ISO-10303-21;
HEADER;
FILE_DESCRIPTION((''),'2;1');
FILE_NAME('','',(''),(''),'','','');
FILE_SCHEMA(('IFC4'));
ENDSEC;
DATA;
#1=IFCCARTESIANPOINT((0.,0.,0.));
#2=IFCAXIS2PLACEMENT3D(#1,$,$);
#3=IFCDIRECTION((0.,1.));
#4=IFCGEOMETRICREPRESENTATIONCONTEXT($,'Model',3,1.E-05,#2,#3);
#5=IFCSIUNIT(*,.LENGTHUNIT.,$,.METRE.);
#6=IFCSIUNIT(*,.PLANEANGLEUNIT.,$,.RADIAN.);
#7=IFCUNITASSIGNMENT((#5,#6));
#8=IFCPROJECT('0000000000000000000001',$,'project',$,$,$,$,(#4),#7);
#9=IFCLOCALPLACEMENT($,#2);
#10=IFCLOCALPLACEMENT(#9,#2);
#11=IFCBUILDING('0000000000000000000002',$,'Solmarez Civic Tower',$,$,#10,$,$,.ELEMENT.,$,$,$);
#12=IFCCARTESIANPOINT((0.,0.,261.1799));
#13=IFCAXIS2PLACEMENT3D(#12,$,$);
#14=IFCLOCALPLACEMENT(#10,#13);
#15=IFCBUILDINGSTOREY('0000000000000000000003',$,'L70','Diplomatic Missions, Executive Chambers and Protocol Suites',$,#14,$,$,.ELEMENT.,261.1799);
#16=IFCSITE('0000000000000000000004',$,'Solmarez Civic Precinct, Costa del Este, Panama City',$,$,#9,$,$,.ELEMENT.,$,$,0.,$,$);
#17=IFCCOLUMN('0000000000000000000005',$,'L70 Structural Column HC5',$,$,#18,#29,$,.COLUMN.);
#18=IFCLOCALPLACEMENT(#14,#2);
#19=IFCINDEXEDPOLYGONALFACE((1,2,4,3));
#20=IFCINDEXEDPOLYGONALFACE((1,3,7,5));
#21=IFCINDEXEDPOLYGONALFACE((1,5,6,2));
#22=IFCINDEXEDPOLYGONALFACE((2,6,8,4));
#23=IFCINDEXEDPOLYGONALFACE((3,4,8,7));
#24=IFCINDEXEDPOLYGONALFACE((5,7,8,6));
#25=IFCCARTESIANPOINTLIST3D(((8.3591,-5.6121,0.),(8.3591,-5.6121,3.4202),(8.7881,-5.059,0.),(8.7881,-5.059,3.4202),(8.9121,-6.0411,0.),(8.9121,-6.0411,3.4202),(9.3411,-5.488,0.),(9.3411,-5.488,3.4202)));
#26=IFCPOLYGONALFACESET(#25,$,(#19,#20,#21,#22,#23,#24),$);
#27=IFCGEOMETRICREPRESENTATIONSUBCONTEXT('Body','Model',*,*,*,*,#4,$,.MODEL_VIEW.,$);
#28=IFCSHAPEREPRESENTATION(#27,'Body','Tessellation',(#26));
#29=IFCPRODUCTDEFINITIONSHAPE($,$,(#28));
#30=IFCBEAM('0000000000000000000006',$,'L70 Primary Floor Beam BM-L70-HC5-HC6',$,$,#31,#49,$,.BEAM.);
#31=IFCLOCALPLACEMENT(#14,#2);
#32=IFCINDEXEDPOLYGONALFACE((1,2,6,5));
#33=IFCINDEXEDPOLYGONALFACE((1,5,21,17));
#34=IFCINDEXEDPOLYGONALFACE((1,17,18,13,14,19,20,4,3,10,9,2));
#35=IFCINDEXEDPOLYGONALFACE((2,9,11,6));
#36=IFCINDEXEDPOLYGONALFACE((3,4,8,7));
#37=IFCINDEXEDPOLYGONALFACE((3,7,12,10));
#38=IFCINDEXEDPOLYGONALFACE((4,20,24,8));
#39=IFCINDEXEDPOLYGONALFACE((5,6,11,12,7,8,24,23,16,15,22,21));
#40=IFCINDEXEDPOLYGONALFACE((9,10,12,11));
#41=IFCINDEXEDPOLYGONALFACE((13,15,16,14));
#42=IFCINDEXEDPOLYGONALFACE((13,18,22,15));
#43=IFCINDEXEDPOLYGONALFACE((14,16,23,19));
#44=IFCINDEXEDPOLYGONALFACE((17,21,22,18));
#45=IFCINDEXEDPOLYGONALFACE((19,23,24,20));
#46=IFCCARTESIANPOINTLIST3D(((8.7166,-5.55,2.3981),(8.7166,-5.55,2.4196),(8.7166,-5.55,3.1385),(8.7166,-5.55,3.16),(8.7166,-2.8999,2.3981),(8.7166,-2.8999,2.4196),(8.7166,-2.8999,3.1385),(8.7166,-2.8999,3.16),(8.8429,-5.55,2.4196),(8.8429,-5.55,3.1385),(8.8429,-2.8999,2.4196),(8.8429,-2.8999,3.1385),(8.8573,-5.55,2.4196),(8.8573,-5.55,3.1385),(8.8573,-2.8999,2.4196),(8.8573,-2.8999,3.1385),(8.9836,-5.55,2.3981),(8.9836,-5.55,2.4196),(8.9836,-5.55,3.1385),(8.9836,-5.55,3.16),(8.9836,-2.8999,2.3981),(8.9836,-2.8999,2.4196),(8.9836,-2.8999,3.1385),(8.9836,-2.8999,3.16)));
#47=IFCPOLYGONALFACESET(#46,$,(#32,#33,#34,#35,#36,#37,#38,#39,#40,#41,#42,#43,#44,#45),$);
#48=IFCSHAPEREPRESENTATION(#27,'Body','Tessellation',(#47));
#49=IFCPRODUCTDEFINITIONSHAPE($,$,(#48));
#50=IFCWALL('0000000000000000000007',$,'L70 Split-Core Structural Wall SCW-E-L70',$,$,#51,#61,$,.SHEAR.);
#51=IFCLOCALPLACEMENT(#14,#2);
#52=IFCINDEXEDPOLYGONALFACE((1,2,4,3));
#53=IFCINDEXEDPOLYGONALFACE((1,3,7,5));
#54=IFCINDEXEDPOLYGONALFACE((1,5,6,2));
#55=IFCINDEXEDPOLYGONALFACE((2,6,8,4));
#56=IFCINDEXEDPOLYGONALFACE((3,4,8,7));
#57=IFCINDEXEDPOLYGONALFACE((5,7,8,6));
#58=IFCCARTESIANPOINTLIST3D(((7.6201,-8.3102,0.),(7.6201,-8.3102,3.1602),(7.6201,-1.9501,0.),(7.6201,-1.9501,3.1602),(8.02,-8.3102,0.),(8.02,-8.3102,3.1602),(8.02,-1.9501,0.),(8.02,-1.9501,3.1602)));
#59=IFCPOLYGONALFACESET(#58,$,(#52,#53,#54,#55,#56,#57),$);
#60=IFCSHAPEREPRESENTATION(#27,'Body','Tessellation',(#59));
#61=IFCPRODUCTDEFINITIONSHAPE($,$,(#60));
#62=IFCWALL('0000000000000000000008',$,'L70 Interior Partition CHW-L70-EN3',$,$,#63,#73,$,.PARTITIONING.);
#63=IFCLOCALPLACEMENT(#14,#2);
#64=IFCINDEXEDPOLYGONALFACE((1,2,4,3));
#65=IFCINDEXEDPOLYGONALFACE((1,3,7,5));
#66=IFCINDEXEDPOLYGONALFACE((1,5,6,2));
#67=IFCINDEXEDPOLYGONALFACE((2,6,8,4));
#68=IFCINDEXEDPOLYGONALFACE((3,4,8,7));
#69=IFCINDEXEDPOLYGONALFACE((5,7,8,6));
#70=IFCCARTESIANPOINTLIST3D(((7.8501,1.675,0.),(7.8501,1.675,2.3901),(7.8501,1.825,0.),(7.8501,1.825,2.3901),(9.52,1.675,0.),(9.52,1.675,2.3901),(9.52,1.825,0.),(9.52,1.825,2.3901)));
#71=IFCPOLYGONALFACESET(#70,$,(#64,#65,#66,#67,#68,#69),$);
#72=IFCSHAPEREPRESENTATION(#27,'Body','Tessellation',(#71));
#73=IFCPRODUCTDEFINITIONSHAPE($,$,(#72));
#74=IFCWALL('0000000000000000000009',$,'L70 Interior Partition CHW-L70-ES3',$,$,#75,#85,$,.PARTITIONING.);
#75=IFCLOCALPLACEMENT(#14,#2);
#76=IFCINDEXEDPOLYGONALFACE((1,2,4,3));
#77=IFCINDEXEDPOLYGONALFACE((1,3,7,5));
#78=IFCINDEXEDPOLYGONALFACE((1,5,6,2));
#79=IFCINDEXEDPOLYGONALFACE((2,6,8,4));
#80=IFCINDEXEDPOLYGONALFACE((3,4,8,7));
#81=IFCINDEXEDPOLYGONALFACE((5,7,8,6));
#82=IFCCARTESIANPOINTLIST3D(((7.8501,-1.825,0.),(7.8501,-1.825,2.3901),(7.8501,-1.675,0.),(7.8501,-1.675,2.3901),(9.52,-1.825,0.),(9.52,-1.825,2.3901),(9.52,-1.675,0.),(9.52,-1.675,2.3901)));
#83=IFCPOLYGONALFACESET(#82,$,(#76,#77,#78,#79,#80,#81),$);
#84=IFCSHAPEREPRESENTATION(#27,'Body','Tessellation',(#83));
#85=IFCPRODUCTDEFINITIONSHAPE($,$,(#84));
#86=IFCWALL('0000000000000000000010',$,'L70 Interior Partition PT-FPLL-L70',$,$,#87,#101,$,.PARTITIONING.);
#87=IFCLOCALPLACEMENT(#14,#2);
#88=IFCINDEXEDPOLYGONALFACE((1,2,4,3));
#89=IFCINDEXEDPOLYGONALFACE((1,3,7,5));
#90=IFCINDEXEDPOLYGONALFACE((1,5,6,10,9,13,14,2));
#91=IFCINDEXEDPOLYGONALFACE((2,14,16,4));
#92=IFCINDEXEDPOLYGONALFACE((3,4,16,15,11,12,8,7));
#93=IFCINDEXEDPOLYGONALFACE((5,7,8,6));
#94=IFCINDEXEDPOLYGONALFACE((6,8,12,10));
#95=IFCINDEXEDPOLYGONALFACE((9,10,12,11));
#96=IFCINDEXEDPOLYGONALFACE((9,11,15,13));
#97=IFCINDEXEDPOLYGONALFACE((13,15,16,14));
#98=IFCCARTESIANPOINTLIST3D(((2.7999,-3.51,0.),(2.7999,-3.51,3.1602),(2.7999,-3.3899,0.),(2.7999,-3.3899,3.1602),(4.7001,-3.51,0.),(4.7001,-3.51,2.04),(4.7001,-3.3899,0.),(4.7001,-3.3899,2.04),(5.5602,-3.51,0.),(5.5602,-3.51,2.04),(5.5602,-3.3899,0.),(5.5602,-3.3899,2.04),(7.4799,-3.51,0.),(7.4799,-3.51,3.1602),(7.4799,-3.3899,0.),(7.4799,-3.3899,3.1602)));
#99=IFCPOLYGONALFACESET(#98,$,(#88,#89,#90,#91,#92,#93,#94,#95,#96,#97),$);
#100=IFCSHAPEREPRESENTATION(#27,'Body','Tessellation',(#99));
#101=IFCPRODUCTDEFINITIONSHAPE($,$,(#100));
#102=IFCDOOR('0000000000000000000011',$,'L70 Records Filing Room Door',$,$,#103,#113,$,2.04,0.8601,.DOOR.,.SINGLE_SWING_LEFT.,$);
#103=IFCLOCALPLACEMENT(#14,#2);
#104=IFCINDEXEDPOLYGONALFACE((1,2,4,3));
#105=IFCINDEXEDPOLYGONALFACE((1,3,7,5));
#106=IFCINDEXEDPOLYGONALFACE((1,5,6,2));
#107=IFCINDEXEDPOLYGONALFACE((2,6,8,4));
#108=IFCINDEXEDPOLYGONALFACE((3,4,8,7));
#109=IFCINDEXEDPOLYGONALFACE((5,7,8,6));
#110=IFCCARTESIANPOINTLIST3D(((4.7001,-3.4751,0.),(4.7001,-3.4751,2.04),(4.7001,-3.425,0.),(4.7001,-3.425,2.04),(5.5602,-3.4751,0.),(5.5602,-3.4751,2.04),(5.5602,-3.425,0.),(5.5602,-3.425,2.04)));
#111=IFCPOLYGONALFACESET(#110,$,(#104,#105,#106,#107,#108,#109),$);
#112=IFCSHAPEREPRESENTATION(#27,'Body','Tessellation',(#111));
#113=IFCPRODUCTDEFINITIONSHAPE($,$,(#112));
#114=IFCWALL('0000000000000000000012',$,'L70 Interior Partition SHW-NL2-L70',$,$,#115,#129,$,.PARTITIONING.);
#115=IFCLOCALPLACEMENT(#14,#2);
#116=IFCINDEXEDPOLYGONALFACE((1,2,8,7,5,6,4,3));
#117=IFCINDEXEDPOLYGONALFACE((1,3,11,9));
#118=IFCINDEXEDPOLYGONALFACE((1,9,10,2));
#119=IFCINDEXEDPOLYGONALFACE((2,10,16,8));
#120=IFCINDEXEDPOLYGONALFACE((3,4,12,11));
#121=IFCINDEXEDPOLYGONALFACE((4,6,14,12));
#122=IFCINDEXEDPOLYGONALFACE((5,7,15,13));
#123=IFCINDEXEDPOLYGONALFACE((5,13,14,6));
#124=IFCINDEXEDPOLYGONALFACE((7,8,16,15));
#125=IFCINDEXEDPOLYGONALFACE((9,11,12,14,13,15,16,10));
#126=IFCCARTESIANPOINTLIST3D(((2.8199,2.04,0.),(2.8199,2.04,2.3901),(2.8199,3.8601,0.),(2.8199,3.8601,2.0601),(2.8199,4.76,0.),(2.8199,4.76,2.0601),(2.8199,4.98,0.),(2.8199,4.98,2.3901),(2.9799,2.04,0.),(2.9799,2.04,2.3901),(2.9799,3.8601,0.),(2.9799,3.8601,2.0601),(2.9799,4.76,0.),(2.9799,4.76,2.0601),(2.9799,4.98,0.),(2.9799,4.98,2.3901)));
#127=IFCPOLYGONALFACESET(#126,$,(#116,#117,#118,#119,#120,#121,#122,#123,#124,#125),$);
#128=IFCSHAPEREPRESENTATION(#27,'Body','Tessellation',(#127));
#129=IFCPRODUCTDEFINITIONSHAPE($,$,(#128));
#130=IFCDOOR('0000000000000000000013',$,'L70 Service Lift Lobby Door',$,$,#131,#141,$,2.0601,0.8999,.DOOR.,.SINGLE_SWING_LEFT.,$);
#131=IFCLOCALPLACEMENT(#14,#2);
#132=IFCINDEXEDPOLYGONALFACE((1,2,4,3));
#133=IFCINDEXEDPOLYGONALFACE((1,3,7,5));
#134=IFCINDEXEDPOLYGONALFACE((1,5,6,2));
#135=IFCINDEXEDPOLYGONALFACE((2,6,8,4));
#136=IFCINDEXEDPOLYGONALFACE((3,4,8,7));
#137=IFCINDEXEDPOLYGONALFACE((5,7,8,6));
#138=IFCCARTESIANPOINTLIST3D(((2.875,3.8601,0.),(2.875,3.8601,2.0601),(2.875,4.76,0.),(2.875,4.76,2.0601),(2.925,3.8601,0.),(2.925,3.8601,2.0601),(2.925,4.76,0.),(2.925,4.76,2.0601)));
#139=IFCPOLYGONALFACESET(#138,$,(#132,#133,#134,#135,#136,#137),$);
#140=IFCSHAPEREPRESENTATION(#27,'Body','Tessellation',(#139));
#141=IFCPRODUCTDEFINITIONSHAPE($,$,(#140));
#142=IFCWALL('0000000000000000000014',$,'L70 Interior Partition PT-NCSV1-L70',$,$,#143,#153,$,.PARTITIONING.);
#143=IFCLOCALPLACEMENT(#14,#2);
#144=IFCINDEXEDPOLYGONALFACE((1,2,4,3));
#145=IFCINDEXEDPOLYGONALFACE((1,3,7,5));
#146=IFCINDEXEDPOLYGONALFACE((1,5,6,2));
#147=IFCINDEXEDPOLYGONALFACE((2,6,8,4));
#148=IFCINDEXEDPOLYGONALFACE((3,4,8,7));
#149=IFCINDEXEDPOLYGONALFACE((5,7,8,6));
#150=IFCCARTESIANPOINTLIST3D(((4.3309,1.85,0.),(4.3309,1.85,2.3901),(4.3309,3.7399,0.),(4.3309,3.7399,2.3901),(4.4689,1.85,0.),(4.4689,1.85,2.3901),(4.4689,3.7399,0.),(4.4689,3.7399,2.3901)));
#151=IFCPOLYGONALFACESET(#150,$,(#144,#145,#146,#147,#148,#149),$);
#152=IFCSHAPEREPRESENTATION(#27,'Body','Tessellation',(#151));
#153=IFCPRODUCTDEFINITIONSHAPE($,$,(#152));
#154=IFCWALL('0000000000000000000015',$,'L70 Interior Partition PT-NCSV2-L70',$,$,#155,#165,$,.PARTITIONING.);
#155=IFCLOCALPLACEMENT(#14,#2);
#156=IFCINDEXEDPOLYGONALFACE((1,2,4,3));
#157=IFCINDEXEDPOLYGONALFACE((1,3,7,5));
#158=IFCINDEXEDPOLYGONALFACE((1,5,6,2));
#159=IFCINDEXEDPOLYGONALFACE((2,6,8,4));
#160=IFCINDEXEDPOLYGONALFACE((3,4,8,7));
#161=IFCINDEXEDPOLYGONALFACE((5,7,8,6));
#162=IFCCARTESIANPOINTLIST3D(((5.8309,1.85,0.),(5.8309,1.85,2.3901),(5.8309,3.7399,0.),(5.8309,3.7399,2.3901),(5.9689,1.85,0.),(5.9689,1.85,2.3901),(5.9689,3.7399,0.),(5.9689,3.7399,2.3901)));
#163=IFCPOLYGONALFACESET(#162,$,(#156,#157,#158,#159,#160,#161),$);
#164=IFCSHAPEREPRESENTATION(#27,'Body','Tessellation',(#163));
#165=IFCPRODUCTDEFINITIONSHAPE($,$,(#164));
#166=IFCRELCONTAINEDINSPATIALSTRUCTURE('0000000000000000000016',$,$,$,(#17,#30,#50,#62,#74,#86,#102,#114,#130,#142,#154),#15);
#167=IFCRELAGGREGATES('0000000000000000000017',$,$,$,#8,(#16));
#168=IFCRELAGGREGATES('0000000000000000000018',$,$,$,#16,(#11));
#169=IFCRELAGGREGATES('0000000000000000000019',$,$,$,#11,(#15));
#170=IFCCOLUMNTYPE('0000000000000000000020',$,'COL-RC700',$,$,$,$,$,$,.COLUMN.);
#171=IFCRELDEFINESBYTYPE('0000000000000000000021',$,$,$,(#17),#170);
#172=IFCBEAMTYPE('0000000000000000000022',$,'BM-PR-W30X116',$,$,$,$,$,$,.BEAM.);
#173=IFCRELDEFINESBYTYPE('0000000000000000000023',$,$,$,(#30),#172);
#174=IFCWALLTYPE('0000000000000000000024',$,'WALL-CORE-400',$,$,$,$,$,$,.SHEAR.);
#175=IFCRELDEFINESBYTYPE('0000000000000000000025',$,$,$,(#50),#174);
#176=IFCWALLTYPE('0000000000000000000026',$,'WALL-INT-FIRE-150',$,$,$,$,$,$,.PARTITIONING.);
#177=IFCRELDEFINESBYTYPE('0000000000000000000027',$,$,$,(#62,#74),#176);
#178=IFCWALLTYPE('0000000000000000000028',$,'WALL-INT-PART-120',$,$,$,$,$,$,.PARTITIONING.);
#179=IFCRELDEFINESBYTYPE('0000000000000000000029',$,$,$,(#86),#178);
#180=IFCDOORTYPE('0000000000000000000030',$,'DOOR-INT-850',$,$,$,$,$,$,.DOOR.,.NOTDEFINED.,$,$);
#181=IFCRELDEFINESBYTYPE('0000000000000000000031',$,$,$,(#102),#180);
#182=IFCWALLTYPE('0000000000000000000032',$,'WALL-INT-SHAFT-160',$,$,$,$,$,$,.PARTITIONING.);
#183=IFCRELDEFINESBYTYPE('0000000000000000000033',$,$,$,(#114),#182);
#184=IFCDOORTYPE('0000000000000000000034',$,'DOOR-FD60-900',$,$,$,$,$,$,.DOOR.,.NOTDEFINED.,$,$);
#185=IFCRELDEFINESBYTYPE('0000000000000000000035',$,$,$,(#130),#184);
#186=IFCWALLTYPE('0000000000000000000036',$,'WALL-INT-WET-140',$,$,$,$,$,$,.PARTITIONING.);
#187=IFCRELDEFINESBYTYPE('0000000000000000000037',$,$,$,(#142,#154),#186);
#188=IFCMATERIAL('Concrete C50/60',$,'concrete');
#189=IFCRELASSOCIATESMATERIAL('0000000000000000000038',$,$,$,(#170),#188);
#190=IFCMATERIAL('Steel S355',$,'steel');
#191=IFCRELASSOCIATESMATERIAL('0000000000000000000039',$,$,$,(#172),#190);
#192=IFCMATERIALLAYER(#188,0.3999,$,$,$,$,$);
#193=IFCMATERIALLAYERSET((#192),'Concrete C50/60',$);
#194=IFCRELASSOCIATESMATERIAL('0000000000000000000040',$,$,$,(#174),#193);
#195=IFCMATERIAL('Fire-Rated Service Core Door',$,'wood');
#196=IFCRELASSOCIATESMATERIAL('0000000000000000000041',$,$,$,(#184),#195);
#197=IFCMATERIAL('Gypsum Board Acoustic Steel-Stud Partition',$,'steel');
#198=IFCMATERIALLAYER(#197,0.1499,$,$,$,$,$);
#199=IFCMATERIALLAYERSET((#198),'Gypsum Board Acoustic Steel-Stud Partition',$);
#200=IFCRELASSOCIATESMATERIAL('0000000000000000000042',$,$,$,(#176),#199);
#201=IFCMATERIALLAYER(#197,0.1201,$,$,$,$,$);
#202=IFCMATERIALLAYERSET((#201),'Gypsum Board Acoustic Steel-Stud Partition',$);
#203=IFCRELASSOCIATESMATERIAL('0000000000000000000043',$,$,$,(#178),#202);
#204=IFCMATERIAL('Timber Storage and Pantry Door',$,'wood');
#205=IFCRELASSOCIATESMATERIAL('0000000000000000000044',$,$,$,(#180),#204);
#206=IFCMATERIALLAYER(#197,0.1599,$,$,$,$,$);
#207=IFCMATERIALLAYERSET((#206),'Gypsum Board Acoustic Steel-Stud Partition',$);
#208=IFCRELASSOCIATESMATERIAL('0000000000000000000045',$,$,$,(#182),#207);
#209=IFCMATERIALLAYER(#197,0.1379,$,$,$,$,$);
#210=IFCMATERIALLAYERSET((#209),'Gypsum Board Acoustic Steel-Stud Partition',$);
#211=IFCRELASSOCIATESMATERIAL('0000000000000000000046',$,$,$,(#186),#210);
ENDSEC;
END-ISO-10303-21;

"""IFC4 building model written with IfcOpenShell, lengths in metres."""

from ifc_helpers import new_model, si_unit, direction, frame, frame_2d, origin, origin_2d, place, context, subcontext, project, spatial, rectangle, i_section, extrude, material, layer, layer_set, material_profile, profile_set, type_object, element, fill, save


model = new_model("IFC4")

# Units and contexts
model_context = context("Model", 3, precision=1e-05, world=origin(), true_north=direction((0.0, 1.0)))
body_context = subcontext(model_context, "Body", "Model", "MODEL_VIEW")
ifc_project = project(units=[si_unit("LENGTHUNIT", "METRE"), si_unit("PLANEANGLEUNIT", "RADIAN")], contexts=[model_context])

# Site, building, storey
site_placement = place(None, origin())
site = spatial("IfcSite", under=ifc_project, at=site_placement, Name="Solmarez Civic Precinct, Costa del Este, Panama City", CompositionType="ELEMENT", RefElevation=0.0)
building_placement = place(site_placement, origin())
building = spatial("IfcBuilding", under=site, at=building_placement, Name="Solmarez Civic Tower", CompositionType="ELEMENT")
storey_placement = place(building_placement, frame((0.0, 0.0, 261.1799)))
storey = spatial("IfcBuildingStorey", under=building, at=storey_placement, Name="L70", Description="Diplomatic Missions, Executive Chambers and Protocol Suites", CompositionType="ELEMENT", Elevation=261.1799)

# Column
ifc_material_1 = material(Name="Concrete C50/60", Category="concrete")
ifc_material_profile_1 = material_profile(ifc_material_1, rectangle(XDim=0.7, YDim=0.7, at=origin_2d()), Name="RC700X700")
ifc_profile_set_1 = profile_set([ifc_material_profile_1], Name="Concrete C50/60")
column_type = type_object("IfcColumnType", Name="COL-RC700", PredefinedType="COLUMN", material=ifc_profile_set_1)
column_placement = place(storey_placement, frame((8.8501, -5.55, 0.0), z_axis=(0.0, 0.0, 1.0), x_axis=(0.612907, 0.790155, 0.0)))
element("IfcColumn", 1, at=column_placement, inside=storey, type_object=column_type, Name="L70 Structural Column HC5", PredefinedType="COLUMN", context=body_context, shape_type="SweptSolid", body=[
    extrude(rectangle(XDim=0.7, YDim=0.7, at=origin_2d()), origin(), (0.0, 0.0, 1.0), 3.4202),
])

# Beam
ifc_material_2 = material(Name="Steel S355", Category="steel")
ifc_material_profile_2 = material_profile(ifc_material_2, i_section(OverallWidth=0.2671, OverallDepth=0.762, WebThickness=0.0144, FlangeThickness=0.0215, at=origin_2d()), Name="W30X116")
ifc_profile_set_2 = profile_set([ifc_material_profile_2], Name="Steel S355")
beam_type = type_object("IfcBeamType", Name="BM-PR-W30X116", PredefinedType="BEAM", material=ifc_profile_set_2)
beam_placement = place(storey_placement, frame((8.8501, -5.55, 2.7791), z_axis=(0.0, 1.0, 0.0), x_axis=(-1.0, 0.0, 0.0)))
element("IfcBeam", 2, at=beam_placement, inside=storey, type_object=beam_type, Name="L70 Primary Floor Beam BM-L70-HC5-HC6", PredefinedType="BEAM", context=body_context, shape_type="SweptSolid", body=[
    extrude(i_section(OverallWidth=0.2671, OverallDepth=0.762, WebThickness=0.0144, FlangeThickness=0.0215, at=origin_2d()), origin(), (0.0, 0.0, 1.0), 2.6501),
])

# Shared definitions
ifc_layer_1 = layer(ifc_material_1, 0.3999)
ifc_layer_set_1 = layer_set([ifc_layer_1], Name="Concrete C50/60")
wall_type_1 = type_object("IfcWallType", Name="WALL-CORE-400", PredefinedType="SHEAR", material=ifc_layer_set_1)
ifc_material_3 = material(Name="Fire-Rated Service Core Door", Category="wood")
door_type_1 = type_object("IfcDoorType", Name="DOOR-FD60-900", OperationType="NOTDEFINED", PredefinedType="DOOR", material=ifc_material_3)

# Walls
wall_1_placement = place(storey_placement, frame((7.8201, -1.95, 0.0), z_axis=(0.0, 0.0, 1.0), x_axis=(0.0, -1.0, 0.0)))
element("IfcWall", 3, at=wall_1_placement, inside=storey, type_object=wall_type_1, Name="L70 Split-Core Structural Wall SCW-E-L70", PredefinedType="SHEAR", context=body_context, shape_type="SweptSolid", body=[
    extrude(rectangle(XDim=6.3601, YDim=0.3999, at=frame_2d((3.1802, 0.0))), origin(), (0.0, 0.0, 1.0), 3.1602),
])
ifc_material_4 = material(Name="Gypsum Board Acoustic Steel-Stud Partition", Category="steel")
ifc_layer_2 = layer(ifc_material_4, 0.1499)
ifc_layer_set_2 = layer_set([ifc_layer_2], Name="Gypsum Board Acoustic Steel-Stud Partition")
wall_type_2 = type_object("IfcWallType", Name="WALL-INT-FIRE-150", PredefinedType="PARTITIONING", material=ifc_layer_set_2)
for number, where, z_axis, x_axis, name in (
    (4, (7.8501, 1.75, 0.0), (0.0, 0.0, 1.0), (1.0, 0.0, 0.0), "L70 Interior Partition CHW-L70-EN3"),
    (5, (7.8501, -1.75, 0.0), (0.0, 0.0, 1.0), (1.0, 0.0, 0.0), "L70 Interior Partition CHW-L70-ES3"),
):
    element("IfcWall", number, at=place(storey_placement, frame(where, z_axis=z_axis, x_axis=x_axis)), inside=storey, type_object=wall_type_2, Name=name, PredefinedType="PARTITIONING", context=body_context, shape_type="SweptSolid", body=[
        extrude(rectangle(XDim=1.6699, YDim=0.1499, at=frame_2d((0.835, 0.0))), origin(), (0.0, 0.0, 1.0), 2.3901),
    ])

# Walls, openings, doors
ifc_layer_3 = layer(ifc_material_4, 0.1201)
ifc_layer_set_3 = layer_set([ifc_layer_3], Name="Gypsum Board Acoustic Steel-Stud Partition")
wall_type_3 = type_object("IfcWallType", Name="WALL-INT-PART-120", PredefinedType="PARTITIONING", material=ifc_layer_set_3)
wall_2_placement = place(storey_placement, frame((2.8, -3.45, 0.0), z_axis=(0.0, 0.0, 1.0), x_axis=(1.0, 0.0, 0.0)))
wall_2 = element("IfcWall", 6, at=wall_2_placement, inside=storey, type_object=wall_type_3, Name="L70 Interior Partition PT-FPLL-L70", PredefinedType="PARTITIONING", context=body_context, shape_type="SweptSolid", body=[
    extrude(rectangle(XDim=4.6799, YDim=0.1201, at=frame_2d((2.3398, 0.0))), origin(), (0.0, 0.0, 1.0), 3.1602),
])
opening_1_placement = place(wall_2_placement, frame((1.8999, 0.0, 0.0)))
opening_1 = element("IfcOpeningElement", 7, at=opening_1_placement, cuts=wall_2, PredefinedType="OPENING", context=body_context, shape_type="SweptSolid", body=[
    extrude(rectangle(XDim=0.8601, YDim=2.04, at=frame_2d((0.4302, 1.02))), frame((0.0, 0.0701, 0.0), z_axis=(0.0, -1.0, 0.0), x_axis=(1.0, 0.0, 0.0)), (0.0, 0.0, 1.0), 0.1401),
])
ifc_material_5 = material(Name="Timber Storage and Pantry Door", Category="wood")
door_type_2 = type_object("IfcDoorType", Name="DOOR-INT-850", OperationType="NOTDEFINED", PredefinedType="DOOR", material=ifc_material_5)
door_1_placement = place(opening_1_placement, origin())
door_1 = element("IfcDoor", 8, at=door_1_placement, inside=storey, type_object=door_type_2, Name="L70 Records Filing Room Door", OperationType="SINGLE_SWING_LEFT", OverallHeight=2.04, OverallWidth=0.8601, PredefinedType="DOOR", context=body_context, shape_type="SweptSolid", body=[
    extrude(rectangle(XDim=0.8601, YDim=2.04, at=frame_2d((0.4302, 1.02))), frame((0.0, 0.0249, 0.0), z_axis=(0.0, -1.0, 0.0), x_axis=(1.0, 0.0, 0.0)), (0.0, 0.0, 1.0), 0.05),
])
fill(opening_1, door_1)
ifc_layer_4 = layer(ifc_material_4, 0.1599)
ifc_layer_set_4 = layer_set([ifc_layer_4], Name="Gypsum Board Acoustic Steel-Stud Partition")
wall_type_4 = type_object("IfcWallType", Name="WALL-INT-SHAFT-160", PredefinedType="PARTITIONING", material=ifc_layer_set_4)
wall_3_placement = place(storey_placement, frame((2.8999, 2.04, 0.0), z_axis=(0.0, 0.0, 1.0), x_axis=(0.0, 1.0, 0.0)))
wall_3 = element("IfcWall", 9, at=wall_3_placement, inside=storey, type_object=wall_type_4, Name="L70 Interior Partition SHW-NL2-L70", PredefinedType="PARTITIONING", context=body_context, shape_type="SweptSolid", body=[
    extrude(rectangle(XDim=2.9399, YDim=0.1599, at=frame_2d((1.47, 0.0))), origin(), (0.0, 0.0, 1.0), 2.3901),
])
opening_2_placement = place(wall_3_placement, frame((1.8201, 0.0, 0.0)))
opening_2 = element("IfcOpeningElement", 10, at=opening_2_placement, cuts=wall_3, PredefinedType="OPENING", context=body_context, shape_type="SweptSolid", body=[
    extrude(rectangle(XDim=0.8999, YDim=2.0601, at=frame_2d((0.45, 1.03))), frame((0.0, 0.0898, 0.0), z_axis=(0.0, -1.0, 0.0), x_axis=(1.0, 0.0, 0.0)), (0.0, 0.0, 1.0), 0.1799),
])
door_2_placement = place(opening_2_placement, origin())
door_2 = element("IfcDoor", 11, at=door_2_placement, inside=storey, type_object=door_type_1, Name="L70 Service Lift Lobby Door", OperationType="SINGLE_SWING_LEFT", OverallHeight=2.0601, OverallWidth=0.8999, PredefinedType="DOOR", context=body_context, shape_type="SweptSolid", body=[
    extrude(rectangle(XDim=0.8999, YDim=2.0601, at=frame_2d((0.45, 1.03))), frame((0.0, 0.0249, 0.0), z_axis=(0.0, -1.0, 0.0), x_axis=(1.0, 0.0, 0.0)), (0.0, 0.0, 1.0), 0.05),
])
fill(opening_2, door_2)

# Walls
ifc_layer_5 = layer(ifc_material_4, 0.1379)
ifc_layer_set_5 = layer_set([ifc_layer_5], Name="Gypsum Board Acoustic Steel-Stud Partition")
wall_type_5 = type_object("IfcWallType", Name="WALL-INT-WET-140", PredefinedType="PARTITIONING", material=ifc_layer_set_5)
for number, where, z_axis, x_axis, name in (
    (12, (4.3999, 1.8501, 0.0), (0.0, 0.0, 1.0), (0.0, 1.0, 0.0), "L70 Interior Partition PT-NCSV1-L70"),
    (13, (5.8999, 1.8501, 0.0), (0.0, 0.0, 1.0), (0.0, 1.0, 0.0), "L70 Interior Partition PT-NCSV2-L70"),
):
    element("IfcWall", number, at=place(storey_placement, frame(where, z_axis=z_axis, x_axis=x_axis)), inside=storey, type_object=wall_type_5, Name=name, PredefinedType="PARTITIONING", context=body_context, shape_type="SweptSolid", body=[
        extrude(rectangle(XDim=1.8899, YDim=0.1379, at=frame_2d((0.9448, 0.0))), origin(), (0.0, 0.0, 1.0), 2.3901),
    ])

save(model, "model.ifc")
